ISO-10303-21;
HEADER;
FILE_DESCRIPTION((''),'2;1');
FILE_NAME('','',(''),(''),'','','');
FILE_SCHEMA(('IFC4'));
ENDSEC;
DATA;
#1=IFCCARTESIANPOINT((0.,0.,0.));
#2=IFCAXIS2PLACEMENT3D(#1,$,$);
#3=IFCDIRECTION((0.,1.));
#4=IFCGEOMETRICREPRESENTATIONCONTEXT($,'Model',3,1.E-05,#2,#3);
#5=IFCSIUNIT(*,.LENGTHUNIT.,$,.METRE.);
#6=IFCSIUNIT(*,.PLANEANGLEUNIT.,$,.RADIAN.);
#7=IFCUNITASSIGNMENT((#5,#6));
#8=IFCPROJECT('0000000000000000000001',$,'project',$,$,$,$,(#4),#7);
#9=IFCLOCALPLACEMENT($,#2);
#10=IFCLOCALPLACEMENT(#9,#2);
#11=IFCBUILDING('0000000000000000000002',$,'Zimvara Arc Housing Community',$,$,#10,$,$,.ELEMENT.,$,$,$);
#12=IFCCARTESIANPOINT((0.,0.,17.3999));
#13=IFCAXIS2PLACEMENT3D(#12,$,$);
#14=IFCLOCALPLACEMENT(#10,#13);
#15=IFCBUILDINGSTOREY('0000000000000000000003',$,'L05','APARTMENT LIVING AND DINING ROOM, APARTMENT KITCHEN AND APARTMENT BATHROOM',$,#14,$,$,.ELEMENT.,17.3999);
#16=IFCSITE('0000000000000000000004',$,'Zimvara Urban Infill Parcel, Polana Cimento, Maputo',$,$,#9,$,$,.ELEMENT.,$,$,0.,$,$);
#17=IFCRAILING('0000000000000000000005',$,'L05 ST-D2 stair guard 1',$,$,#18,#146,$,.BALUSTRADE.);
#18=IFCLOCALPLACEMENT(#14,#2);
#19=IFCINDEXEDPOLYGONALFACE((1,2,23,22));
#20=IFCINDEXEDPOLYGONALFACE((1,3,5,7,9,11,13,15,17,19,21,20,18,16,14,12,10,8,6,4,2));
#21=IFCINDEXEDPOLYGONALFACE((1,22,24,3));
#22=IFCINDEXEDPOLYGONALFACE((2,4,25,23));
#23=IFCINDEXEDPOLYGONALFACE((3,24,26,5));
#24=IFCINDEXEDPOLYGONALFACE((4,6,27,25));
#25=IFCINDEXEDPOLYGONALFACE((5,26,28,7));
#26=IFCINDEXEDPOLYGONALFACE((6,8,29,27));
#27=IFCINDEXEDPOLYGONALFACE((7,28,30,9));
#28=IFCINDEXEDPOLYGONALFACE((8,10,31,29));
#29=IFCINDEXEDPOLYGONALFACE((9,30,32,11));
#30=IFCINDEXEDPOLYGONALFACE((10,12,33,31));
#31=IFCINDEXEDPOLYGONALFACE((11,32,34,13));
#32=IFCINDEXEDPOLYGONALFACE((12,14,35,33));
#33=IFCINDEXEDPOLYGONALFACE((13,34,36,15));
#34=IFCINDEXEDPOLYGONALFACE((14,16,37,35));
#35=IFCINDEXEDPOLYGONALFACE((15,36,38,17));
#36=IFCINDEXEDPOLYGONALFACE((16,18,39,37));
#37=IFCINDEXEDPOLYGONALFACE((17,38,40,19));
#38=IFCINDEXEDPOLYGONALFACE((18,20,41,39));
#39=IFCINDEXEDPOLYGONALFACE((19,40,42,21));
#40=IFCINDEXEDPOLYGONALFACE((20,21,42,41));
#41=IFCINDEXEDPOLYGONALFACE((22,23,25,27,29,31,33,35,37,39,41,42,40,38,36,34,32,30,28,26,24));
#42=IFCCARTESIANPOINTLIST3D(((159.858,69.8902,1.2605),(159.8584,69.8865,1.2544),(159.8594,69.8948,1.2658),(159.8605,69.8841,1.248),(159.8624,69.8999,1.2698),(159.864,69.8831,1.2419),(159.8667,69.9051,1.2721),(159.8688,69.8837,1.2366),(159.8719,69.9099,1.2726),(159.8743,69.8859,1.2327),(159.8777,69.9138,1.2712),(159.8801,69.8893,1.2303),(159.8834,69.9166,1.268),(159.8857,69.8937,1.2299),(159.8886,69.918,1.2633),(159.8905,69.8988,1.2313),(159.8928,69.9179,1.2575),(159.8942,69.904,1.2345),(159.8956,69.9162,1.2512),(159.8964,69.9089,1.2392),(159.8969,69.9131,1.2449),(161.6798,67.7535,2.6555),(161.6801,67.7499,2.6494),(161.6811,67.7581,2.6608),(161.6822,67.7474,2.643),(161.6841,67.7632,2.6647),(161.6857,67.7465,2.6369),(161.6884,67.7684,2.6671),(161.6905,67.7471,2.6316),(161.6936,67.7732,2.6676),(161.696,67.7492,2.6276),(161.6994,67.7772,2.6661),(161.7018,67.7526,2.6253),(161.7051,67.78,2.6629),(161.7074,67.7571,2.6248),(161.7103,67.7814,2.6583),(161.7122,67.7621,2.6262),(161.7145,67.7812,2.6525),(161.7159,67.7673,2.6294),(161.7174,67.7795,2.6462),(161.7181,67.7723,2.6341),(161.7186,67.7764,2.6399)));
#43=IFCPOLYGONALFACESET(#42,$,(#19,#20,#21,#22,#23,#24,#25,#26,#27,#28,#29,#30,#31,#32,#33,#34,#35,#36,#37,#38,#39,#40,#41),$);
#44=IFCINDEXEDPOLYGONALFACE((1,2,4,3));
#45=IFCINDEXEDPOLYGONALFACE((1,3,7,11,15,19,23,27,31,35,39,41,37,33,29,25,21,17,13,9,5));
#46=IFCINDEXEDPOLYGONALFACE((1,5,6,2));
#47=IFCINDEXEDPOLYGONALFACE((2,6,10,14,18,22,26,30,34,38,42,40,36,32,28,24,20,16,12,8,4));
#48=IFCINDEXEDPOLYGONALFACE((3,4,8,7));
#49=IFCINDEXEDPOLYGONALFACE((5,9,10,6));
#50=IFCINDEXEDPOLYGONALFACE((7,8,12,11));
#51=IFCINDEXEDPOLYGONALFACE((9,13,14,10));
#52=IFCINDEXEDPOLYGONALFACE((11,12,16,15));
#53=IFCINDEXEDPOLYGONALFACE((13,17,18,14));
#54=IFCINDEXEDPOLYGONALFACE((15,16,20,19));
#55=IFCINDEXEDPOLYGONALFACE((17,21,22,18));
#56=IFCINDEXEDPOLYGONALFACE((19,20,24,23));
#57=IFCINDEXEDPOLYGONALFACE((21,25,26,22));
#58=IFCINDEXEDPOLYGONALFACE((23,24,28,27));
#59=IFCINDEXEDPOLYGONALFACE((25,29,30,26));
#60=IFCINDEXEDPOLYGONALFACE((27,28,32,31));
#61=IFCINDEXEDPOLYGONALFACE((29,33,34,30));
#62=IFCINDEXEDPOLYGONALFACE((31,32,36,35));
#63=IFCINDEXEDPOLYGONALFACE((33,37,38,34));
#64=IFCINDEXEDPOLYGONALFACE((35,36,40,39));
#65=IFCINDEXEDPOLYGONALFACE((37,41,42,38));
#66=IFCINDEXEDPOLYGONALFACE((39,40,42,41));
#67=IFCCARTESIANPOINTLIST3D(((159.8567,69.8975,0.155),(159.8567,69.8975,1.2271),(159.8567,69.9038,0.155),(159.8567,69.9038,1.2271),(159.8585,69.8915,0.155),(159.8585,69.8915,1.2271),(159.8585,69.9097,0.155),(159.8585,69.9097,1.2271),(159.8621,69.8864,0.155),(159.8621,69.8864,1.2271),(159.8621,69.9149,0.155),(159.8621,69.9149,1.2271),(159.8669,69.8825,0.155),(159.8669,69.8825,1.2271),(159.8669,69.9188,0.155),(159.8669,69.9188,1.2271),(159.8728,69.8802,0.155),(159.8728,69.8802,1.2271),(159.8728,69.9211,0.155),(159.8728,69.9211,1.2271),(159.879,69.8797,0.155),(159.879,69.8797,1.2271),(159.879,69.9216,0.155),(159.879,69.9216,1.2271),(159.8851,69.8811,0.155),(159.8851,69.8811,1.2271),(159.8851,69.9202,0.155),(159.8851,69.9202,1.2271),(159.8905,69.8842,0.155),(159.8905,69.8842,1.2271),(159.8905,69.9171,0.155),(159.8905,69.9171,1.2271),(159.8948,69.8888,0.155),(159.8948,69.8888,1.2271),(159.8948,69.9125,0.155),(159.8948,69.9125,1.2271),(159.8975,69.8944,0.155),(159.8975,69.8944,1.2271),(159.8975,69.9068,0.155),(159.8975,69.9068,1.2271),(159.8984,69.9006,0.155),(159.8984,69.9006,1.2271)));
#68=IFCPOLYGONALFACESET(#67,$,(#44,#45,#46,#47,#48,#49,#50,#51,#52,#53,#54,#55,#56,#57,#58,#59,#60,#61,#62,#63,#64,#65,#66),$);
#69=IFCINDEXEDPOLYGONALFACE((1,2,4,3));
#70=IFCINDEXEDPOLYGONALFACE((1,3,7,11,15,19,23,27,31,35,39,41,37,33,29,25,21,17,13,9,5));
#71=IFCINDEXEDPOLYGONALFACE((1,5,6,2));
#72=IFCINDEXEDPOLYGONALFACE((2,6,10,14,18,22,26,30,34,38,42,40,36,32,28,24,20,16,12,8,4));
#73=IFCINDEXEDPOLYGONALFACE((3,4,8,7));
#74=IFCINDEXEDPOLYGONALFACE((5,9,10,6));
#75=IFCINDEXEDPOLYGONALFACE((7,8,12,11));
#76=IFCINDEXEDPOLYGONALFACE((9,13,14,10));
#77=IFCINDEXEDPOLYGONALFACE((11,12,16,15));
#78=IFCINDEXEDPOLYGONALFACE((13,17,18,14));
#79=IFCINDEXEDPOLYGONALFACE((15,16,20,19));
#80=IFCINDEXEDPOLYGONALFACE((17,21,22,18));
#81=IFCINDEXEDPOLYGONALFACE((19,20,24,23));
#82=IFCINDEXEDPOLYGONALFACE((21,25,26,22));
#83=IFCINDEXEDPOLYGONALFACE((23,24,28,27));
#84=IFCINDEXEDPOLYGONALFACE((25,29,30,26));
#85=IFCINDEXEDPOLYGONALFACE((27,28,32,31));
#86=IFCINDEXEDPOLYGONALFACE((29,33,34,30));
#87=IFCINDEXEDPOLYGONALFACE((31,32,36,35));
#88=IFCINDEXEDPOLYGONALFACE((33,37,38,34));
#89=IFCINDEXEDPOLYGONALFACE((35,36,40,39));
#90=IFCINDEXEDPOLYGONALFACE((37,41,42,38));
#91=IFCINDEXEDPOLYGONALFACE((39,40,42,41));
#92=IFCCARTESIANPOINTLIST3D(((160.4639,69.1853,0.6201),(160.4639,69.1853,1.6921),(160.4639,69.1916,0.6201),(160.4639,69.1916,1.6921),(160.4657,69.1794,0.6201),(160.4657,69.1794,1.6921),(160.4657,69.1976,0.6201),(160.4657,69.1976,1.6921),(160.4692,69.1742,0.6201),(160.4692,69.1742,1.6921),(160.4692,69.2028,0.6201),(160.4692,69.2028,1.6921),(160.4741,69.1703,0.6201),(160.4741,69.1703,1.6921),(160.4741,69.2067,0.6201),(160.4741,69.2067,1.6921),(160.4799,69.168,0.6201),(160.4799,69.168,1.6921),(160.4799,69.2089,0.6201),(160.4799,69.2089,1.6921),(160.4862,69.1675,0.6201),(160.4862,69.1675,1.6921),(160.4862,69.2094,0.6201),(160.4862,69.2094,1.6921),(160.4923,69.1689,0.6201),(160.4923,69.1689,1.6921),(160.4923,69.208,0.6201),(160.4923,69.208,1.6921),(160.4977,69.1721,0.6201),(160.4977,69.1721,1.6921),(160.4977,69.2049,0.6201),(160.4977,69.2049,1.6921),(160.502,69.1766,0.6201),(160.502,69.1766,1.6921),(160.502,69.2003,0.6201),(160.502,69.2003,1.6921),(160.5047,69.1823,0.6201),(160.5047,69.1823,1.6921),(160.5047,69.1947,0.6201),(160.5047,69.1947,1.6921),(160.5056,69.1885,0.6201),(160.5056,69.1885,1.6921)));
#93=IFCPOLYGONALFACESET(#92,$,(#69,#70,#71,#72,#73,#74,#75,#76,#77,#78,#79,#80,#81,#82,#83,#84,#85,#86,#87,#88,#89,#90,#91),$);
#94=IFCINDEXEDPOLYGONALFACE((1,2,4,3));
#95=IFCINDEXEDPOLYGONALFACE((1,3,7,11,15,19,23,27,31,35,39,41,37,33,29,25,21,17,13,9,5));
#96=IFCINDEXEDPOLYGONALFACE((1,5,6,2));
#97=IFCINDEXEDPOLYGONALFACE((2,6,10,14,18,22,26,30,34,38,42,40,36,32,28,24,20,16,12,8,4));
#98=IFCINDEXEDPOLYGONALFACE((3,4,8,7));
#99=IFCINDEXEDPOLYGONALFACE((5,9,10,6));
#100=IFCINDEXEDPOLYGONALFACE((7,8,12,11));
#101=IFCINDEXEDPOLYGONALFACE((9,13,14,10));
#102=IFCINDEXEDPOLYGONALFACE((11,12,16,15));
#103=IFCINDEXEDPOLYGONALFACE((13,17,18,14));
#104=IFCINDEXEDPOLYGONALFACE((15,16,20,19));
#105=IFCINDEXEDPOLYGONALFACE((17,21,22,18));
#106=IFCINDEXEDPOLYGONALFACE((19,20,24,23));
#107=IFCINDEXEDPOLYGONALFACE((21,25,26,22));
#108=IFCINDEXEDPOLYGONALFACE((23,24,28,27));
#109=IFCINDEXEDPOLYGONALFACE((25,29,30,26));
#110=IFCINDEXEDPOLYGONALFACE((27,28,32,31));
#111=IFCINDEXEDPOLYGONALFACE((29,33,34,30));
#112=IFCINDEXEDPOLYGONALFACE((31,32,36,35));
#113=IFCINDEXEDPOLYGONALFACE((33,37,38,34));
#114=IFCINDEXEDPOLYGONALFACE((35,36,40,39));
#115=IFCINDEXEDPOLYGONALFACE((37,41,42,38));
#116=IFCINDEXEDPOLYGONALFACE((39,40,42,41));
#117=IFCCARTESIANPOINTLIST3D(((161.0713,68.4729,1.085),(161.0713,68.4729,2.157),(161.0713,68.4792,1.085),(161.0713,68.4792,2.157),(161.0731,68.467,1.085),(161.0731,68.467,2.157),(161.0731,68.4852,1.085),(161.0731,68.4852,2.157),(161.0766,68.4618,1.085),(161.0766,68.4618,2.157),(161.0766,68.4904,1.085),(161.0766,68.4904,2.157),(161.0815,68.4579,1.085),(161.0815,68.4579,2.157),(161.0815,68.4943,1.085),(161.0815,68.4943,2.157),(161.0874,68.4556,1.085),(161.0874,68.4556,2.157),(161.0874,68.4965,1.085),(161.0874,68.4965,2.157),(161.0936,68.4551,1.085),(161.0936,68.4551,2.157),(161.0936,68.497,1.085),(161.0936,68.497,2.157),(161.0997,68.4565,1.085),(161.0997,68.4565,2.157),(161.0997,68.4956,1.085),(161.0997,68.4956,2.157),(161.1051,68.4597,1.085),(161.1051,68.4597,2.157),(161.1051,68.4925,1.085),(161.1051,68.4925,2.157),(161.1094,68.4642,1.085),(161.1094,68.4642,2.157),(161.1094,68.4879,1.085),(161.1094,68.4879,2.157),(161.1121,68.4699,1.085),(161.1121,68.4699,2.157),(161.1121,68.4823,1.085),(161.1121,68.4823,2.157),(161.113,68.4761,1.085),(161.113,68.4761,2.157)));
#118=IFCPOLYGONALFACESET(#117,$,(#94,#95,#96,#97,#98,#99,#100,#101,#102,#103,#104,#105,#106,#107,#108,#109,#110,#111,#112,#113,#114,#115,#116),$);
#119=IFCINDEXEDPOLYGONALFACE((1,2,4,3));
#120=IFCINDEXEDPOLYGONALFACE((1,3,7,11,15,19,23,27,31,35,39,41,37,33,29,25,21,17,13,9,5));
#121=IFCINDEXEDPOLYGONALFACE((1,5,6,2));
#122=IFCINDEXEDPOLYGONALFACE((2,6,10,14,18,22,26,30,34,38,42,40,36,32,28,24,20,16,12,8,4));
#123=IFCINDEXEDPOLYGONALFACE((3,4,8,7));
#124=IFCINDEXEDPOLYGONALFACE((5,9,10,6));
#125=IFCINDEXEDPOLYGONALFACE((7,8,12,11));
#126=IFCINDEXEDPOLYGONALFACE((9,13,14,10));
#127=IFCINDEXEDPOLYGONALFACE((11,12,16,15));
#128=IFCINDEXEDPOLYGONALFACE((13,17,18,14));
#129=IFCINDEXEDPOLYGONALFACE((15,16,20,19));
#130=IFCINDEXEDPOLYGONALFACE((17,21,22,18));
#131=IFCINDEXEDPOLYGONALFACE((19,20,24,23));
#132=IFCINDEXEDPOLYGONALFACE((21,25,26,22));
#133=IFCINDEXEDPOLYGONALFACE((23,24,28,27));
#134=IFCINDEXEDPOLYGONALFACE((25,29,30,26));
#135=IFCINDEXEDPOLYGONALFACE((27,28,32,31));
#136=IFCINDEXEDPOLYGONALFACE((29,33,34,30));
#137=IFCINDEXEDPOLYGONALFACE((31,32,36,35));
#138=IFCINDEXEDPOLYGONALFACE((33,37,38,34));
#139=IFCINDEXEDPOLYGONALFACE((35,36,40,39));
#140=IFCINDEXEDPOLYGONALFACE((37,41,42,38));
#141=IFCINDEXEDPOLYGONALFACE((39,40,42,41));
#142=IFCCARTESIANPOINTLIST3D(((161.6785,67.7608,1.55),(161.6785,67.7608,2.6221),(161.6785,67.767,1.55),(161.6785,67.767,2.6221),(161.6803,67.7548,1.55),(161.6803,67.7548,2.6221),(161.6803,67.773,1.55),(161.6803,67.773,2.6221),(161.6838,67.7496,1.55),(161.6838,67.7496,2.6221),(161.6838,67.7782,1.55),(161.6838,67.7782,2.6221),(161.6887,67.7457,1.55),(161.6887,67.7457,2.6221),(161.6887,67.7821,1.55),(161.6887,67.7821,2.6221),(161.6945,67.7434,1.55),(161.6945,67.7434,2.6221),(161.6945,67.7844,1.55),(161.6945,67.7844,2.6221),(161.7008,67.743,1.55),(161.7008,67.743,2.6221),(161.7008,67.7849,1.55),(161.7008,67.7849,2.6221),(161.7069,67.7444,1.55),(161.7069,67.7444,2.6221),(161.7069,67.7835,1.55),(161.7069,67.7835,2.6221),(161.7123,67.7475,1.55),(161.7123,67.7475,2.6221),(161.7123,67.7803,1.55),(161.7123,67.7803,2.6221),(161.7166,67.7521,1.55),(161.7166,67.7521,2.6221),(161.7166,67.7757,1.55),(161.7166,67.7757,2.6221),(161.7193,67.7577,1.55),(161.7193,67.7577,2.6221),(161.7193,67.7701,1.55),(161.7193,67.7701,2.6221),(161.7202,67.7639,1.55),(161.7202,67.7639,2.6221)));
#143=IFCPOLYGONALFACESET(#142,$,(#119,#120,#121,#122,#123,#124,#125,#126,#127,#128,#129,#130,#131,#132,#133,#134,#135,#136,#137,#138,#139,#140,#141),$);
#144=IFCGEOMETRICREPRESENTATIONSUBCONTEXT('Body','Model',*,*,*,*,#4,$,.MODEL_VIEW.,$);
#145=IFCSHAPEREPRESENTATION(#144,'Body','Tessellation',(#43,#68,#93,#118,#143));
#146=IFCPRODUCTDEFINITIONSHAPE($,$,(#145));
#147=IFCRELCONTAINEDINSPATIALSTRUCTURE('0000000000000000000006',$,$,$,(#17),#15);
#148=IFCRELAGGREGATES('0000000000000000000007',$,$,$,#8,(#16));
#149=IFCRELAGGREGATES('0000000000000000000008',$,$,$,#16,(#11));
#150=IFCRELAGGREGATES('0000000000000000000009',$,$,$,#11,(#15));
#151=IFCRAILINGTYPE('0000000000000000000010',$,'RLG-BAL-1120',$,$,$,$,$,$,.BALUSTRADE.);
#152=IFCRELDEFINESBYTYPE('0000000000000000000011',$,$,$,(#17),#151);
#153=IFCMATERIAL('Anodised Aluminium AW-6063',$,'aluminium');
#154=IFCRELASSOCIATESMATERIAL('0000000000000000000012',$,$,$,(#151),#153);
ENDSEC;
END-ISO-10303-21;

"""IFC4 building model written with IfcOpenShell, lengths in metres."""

from ifc_helpers import new_model, si_unit, direction, frame, origin, origin_2d, place, context, subcontext, project, spatial, circle, extrude, material, type_object, element, save


model = new_model("IFC4")

# Units and contexts
model_context = context("Model", 3, precision=1e-05, world=origin(), true_north=direction((0.0, 1.0)))
body_context = subcontext(model_context, "Body", "Model", "MODEL_VIEW")
ifc_project = project(units=[si_unit("LENGTHUNIT", "METRE"), si_unit("PLANEANGLEUNIT", "RADIAN")], contexts=[model_context])

# Site, building, storey
site_placement = place(None, origin())
site = spatial("IfcSite", under=ifc_project, at=site_placement, Name="Zimvara Urban Infill Parcel, Polana Cimento, Maputo", CompositionType="ELEMENT", RefElevation=0.0)
building_placement = place(site_placement, origin())
building = spatial("IfcBuilding", under=site, at=building_placement, Name="Zimvara Arc Housing Community", CompositionType="ELEMENT")
storey_placement = place(building_placement, frame((0.0, 0.0, 17.3999)))
storey = spatial("IfcBuildingStorey", under=building, at=storey_placement, Name="L05", Description="APARTMENT LIVING AND DINING ROOM, APARTMENT KITCHEN AND APARTMENT BATHROOM", CompositionType="ELEMENT", Elevation=17.3999)

# Railing
ifc_material_1 = material(Name="Anodised Aluminium AW-6063", Category="aluminium")
railing_type_1 = type_object("IfcRailingType", Name="RLG-BAL-1120", PredefinedType="BALUSTRADE", material=ifc_material_1)
railing_1_placement = place(storey_placement, frame((159.8774, 69.9006, 0.155)))
element("IfcRailing", 1, at=railing_1_placement, inside=storey, type_object=railing_type_1, Name="L05 ST-D2 stair guard 1", PredefinedType="BALUSTRADE", context=body_context, shape_type="SweptSolid", body=[
    extrude(circle(Radius=0.0239, at=origin_2d()), frame((0.0, 0.0, 1.0962), z_axis=(0.581041, -0.681489, 0.44493), x_axis=(0.76096, 0.648799, 0.0)), (0.0, 0.0, 1.0), 3.1353),
    extrude(circle(Radius=0.021, at=origin_2d()), origin(), (0.0, 0.0, 1.0), 1.072),
    extrude(circle(Radius=0.021, at=origin_2d()), frame((0.6072, -0.7122, 0.4651)), (0.0, 0.0, 1.0), 1.072),
    extrude(circle(Radius=0.021, at=origin_2d()), frame((1.2146, -1.4246, 0.9299)), (0.0, 0.0, 1.0), 1.072),
    extrude(circle(Radius=0.021, at=origin_2d()), frame((1.8218, -2.1367, 1.395)), (0.0, 0.0, 1.0), 1.072),
])

save(model, "model.ifc")
